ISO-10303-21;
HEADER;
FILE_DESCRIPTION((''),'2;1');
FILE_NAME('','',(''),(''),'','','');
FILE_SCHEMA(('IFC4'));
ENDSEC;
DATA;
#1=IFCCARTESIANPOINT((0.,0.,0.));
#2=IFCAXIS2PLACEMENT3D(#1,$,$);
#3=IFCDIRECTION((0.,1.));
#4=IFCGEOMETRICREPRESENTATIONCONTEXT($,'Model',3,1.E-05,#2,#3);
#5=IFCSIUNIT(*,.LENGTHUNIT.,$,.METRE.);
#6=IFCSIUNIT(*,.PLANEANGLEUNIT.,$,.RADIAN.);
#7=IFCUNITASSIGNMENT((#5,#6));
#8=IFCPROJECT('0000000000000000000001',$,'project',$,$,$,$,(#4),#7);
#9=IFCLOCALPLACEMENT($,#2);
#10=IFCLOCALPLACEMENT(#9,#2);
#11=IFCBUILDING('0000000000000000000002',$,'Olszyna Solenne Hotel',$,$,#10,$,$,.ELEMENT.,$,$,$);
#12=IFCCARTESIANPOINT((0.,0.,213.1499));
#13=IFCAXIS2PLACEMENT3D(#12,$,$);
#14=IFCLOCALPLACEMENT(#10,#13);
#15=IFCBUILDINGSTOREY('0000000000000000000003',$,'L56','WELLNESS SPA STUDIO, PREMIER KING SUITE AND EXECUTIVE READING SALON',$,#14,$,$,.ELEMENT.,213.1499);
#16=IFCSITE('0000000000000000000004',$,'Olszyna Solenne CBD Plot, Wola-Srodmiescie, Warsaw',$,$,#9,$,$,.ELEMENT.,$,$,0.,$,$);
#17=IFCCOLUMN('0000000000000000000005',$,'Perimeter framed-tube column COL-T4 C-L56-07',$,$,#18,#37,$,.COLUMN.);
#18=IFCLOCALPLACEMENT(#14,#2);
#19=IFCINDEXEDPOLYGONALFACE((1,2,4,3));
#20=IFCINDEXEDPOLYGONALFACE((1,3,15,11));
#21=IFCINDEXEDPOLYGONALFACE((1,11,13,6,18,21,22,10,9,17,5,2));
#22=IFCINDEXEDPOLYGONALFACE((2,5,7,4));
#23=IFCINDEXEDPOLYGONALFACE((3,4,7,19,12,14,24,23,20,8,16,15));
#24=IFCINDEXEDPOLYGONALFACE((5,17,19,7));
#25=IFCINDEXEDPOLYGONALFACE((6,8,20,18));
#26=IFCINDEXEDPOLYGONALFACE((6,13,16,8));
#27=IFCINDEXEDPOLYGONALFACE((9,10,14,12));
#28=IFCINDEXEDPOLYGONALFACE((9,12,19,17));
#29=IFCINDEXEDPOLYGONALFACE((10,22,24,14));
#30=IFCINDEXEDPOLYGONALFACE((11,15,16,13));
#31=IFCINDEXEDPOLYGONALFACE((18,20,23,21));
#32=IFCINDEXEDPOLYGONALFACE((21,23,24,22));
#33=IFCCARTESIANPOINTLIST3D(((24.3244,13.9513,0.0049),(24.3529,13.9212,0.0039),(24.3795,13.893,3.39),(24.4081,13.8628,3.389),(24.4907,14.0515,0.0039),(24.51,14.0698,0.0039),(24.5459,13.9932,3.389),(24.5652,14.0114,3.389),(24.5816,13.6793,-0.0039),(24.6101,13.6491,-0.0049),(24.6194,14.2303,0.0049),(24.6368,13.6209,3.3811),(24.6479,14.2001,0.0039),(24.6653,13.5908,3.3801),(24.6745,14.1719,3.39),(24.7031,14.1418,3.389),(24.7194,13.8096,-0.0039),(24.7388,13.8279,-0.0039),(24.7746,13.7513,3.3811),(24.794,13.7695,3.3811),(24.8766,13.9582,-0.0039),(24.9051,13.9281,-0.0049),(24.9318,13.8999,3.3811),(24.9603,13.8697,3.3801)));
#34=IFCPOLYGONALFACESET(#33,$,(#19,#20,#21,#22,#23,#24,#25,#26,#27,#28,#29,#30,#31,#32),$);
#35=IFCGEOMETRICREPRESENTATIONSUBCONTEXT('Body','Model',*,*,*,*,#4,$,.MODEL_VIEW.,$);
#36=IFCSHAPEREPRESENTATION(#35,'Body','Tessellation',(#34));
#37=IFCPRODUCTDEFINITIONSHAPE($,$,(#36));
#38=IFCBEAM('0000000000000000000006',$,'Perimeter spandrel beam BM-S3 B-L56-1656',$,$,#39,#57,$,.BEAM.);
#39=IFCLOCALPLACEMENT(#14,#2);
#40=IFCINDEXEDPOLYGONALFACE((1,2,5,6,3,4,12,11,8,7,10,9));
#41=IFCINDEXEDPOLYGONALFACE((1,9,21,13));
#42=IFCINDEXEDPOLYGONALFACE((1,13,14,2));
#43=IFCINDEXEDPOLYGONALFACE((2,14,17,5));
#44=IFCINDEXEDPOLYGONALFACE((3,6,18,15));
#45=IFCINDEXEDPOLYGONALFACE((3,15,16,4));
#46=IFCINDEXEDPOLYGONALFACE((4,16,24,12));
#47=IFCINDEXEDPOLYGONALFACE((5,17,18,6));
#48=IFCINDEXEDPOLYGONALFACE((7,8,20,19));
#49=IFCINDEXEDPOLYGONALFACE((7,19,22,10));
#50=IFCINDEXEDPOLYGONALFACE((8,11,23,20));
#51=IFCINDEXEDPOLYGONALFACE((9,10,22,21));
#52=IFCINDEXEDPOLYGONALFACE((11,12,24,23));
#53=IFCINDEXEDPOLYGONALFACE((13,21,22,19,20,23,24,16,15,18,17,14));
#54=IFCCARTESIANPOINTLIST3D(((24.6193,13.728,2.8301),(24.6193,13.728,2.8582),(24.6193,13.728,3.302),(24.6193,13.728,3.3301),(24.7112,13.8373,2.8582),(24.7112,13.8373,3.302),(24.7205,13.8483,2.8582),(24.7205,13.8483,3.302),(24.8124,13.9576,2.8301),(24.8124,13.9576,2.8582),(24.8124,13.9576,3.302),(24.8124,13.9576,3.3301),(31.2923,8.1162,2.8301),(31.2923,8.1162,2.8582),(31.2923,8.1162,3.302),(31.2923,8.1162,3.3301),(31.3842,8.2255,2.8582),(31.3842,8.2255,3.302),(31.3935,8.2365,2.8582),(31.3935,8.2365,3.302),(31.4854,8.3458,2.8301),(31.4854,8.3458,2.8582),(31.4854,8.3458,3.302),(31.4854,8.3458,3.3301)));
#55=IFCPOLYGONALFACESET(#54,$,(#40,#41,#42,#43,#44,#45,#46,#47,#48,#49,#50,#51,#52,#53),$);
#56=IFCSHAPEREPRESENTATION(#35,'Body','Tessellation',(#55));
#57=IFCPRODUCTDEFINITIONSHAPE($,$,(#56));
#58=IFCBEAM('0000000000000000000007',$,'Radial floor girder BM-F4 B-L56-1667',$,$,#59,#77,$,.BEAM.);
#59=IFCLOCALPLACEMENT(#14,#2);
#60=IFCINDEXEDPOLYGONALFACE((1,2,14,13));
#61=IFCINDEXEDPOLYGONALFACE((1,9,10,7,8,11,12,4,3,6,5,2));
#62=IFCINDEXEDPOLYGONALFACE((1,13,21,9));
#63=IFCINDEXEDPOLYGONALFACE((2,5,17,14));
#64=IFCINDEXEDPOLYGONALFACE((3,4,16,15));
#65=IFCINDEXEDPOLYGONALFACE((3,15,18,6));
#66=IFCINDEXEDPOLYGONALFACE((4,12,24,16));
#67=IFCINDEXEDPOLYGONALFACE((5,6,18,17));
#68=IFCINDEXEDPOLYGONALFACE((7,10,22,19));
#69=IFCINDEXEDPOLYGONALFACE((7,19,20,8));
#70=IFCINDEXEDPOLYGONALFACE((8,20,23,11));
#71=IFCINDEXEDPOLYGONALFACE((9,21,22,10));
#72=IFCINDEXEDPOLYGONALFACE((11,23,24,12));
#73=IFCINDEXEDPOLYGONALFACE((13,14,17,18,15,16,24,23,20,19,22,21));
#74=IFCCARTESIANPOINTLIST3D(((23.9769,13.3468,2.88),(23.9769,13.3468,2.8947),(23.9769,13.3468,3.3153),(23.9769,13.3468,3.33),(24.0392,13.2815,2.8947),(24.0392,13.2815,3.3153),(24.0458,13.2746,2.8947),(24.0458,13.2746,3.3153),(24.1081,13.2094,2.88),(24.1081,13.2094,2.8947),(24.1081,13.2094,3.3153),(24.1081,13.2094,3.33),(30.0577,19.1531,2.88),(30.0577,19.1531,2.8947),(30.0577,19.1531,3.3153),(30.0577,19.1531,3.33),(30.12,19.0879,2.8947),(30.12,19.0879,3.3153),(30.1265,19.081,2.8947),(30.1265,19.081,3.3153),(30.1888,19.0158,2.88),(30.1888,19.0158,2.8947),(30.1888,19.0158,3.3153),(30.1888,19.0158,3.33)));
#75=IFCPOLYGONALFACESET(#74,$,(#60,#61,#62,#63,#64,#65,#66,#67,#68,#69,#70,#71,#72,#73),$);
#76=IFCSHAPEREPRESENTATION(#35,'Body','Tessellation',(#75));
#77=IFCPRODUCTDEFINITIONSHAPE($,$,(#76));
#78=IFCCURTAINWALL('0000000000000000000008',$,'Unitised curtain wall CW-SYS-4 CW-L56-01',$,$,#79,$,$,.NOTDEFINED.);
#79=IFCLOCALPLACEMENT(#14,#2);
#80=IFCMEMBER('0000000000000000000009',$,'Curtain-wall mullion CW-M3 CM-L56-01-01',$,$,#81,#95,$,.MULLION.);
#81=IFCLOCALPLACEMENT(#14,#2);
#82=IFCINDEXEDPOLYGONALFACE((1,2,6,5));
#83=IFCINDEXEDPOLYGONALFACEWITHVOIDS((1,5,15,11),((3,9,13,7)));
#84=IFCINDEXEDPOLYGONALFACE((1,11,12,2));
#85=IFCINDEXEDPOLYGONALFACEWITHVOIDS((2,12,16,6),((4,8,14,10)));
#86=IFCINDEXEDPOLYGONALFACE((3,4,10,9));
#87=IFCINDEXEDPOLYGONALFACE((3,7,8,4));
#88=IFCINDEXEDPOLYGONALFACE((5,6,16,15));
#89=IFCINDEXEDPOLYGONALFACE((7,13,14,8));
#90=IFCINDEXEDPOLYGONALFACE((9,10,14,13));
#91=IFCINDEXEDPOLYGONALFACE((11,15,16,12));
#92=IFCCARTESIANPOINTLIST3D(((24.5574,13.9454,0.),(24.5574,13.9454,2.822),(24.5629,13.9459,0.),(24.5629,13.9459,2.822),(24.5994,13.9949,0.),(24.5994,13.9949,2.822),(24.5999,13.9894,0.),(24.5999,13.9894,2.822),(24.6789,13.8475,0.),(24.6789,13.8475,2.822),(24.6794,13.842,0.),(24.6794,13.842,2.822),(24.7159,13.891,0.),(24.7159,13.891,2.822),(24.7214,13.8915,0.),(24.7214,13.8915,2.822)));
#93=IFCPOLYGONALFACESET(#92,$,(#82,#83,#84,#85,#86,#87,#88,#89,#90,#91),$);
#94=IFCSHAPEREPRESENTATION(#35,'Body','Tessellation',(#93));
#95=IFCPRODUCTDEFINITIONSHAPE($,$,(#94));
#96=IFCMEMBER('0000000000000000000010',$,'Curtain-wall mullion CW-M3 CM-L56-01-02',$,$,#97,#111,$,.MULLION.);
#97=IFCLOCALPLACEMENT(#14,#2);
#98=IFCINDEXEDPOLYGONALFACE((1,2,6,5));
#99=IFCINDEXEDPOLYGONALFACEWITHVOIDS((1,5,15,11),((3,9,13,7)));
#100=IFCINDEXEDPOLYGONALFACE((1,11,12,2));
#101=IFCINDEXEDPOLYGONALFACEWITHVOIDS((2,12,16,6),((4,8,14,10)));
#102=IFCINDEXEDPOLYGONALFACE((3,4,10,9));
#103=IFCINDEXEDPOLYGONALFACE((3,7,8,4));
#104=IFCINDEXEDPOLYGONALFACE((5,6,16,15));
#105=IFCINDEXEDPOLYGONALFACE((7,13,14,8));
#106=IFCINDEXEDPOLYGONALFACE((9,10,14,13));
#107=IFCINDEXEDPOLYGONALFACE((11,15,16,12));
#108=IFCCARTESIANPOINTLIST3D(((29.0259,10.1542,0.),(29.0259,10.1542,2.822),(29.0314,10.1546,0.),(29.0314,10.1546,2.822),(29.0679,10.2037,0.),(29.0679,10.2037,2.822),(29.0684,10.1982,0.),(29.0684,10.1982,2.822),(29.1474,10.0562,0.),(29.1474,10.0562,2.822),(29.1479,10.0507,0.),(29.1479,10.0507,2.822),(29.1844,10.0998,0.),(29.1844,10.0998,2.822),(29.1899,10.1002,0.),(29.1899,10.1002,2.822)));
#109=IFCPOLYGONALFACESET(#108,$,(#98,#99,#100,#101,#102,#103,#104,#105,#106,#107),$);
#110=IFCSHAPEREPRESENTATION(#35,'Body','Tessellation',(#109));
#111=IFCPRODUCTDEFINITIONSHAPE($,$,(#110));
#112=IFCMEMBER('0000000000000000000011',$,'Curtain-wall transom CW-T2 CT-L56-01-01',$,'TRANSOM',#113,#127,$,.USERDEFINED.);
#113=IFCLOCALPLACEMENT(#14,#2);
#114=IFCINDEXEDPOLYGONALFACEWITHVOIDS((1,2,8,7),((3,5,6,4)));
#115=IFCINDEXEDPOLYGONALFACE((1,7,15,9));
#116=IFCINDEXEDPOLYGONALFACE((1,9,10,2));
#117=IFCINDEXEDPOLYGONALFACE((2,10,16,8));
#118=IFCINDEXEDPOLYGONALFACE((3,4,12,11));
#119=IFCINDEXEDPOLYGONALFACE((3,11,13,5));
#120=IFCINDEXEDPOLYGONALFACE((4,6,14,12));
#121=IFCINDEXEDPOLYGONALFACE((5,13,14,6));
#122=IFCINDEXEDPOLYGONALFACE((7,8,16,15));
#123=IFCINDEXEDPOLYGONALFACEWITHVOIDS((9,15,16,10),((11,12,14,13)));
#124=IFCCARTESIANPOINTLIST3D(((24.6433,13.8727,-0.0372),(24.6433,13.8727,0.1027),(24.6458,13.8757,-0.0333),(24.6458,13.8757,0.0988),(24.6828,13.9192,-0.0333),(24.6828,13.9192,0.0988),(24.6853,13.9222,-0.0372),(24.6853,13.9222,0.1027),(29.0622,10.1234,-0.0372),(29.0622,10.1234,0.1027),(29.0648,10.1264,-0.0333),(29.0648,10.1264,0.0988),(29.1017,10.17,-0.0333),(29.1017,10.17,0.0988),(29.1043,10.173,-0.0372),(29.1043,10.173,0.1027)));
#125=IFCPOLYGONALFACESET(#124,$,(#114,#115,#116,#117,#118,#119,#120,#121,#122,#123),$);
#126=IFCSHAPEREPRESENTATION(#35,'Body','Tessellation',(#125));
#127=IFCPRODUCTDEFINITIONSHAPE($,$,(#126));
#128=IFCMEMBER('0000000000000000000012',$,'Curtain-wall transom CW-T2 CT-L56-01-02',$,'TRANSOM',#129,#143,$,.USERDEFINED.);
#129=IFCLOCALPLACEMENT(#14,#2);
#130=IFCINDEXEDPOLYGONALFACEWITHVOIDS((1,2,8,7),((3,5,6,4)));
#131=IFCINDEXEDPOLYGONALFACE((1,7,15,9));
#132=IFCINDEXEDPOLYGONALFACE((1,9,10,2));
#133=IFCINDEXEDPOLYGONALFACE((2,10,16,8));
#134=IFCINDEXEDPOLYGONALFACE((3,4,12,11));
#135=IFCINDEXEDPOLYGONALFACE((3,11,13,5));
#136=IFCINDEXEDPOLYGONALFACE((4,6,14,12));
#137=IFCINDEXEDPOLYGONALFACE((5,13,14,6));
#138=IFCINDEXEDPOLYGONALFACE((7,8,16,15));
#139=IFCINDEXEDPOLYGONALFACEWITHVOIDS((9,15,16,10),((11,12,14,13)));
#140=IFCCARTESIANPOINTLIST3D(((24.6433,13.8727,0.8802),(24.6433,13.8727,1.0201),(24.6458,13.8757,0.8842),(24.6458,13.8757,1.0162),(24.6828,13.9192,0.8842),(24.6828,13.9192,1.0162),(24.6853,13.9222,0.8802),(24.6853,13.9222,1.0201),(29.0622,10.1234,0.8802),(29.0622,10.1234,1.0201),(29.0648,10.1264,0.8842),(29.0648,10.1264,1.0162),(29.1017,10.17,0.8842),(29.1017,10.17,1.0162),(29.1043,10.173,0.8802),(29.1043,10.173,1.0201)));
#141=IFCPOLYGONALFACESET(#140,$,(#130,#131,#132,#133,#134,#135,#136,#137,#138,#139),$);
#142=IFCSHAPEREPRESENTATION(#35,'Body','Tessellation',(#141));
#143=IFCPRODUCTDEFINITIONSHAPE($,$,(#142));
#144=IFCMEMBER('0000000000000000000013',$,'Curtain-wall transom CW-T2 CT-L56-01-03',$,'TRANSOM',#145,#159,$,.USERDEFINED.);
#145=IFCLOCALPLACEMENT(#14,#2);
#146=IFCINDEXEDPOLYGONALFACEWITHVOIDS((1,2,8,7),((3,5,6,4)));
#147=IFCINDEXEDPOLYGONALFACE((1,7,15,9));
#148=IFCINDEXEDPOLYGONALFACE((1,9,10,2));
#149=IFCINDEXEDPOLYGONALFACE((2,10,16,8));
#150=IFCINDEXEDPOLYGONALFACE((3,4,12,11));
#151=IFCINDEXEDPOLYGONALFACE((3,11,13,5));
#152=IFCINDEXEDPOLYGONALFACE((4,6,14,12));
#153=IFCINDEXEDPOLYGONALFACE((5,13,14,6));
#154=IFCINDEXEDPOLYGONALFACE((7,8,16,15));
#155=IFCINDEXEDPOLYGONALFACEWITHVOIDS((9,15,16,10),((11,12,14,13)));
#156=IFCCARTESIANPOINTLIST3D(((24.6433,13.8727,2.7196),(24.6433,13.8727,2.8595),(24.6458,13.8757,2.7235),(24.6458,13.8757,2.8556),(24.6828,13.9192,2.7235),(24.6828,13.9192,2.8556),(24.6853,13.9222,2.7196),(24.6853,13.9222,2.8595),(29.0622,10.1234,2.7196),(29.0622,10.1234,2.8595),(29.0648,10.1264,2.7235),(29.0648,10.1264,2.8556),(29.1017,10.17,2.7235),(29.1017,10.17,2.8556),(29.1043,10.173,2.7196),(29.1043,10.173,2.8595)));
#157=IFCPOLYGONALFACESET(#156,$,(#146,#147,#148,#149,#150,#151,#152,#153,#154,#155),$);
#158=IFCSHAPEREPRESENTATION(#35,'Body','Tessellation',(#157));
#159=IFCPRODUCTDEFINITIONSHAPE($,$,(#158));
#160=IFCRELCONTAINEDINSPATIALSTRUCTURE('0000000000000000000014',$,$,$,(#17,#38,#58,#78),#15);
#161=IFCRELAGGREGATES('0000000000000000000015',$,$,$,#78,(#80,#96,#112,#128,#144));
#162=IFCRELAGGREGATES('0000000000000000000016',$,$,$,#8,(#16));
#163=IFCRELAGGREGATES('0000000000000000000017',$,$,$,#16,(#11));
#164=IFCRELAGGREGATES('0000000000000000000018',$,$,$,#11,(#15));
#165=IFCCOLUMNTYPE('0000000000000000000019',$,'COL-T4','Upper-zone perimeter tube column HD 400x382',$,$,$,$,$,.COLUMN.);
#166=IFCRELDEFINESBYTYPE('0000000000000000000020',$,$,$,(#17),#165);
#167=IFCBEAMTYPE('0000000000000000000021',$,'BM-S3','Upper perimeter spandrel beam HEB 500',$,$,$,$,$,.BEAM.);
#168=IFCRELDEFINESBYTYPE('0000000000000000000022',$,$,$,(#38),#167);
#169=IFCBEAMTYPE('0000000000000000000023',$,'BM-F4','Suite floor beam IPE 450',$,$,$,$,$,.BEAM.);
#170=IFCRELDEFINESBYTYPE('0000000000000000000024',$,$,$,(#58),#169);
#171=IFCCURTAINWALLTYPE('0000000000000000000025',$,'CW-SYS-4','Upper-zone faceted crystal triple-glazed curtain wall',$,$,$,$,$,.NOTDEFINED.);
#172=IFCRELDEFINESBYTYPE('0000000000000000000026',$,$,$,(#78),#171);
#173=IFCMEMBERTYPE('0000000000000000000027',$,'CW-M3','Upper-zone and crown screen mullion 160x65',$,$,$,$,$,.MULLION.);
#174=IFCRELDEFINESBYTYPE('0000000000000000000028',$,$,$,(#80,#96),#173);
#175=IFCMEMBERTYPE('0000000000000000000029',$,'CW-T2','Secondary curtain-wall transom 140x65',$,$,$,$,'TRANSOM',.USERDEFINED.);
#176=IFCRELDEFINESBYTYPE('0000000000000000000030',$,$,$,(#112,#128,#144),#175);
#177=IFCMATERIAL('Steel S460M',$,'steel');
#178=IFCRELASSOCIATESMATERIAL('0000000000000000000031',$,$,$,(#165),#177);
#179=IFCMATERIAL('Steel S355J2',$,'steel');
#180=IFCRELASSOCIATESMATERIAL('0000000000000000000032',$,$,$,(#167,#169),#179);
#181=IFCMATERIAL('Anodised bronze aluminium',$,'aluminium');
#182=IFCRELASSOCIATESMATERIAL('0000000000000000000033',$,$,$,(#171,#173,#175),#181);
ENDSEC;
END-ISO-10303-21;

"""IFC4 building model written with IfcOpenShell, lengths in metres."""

from ifc_helpers import new_model, si_unit, direction, frame, origin, origin_2d, place, context, subcontext, project, spatial, hollow_rectangle, i_section, extrude, source, transform, mapped, material, material_profile, profile_set, type_object, element, aggregate, save


model = new_model("IFC4")

# Units and contexts
model_context = context("Model", 3, precision=1e-05, world=origin(), true_north=direction((0.0, 1.0)))
body_context = subcontext(model_context, "Body", "Model", "MODEL_VIEW")
ifc_project = project(units=[si_unit("LENGTHUNIT", "METRE"), si_unit("PLANEANGLEUNIT", "RADIAN")], contexts=[model_context])

# Site, building, storey
site_placement = place(None, origin())
site = spatial("IfcSite", under=ifc_project, at=site_placement, Name="Olszyna Solenne CBD Plot, Wola-Srodmiescie, Warsaw", CompositionType="ELEMENT", RefElevation=0.0)
building_placement = place(site_placement, origin())
building = spatial("IfcBuilding", under=site, at=building_placement, Name="Olszyna Solenne Hotel", CompositionType="ELEMENT")
storey_placement = place(building_placement, frame((0.0, 0.0, 213.1499)))
storey = spatial("IfcBuildingStorey", under=building, at=storey_placement, Name="L56", Description="WELLNESS SPA STUDIO, PREMIER KING SUITE AND EXECUTIVE READING SALON", CompositionType="ELEMENT", Elevation=213.1499)

# Column
ifc_material_1 = material(Name="Steel S460M", Category="steel")
ifc_material_profile_1 = material_profile(ifc_material_1, i_section(OverallWidth=0.406, OverallDepth=0.416, WebThickness=0.0266, FlangeThickness=0.0415, at=origin_2d()), Name="HD 400x382", Category="load-bearing")
ifc_profile_set_1 = profile_set([ifc_material_profile_1], Name="Steel S460M")
column_type = type_object("IfcColumnType", Name="COL-T4", Description="Upper-zone perimeter tube column HD 400x382", PredefinedType="COLUMN", material=ifc_profile_set_1)
shared_shape_1 = source(origin(), body_context, "Body", "SweptSolid", [
    extrude(i_section(OverallWidth=0.406, OverallDepth=0.416, WebThickness=0.0266, FlangeThickness=0.0415, at=origin_2d()), origin(), (0.0, 0.0, 1.0), 3.386),
])
column_placement = place(storey_placement, frame((24.6147, 13.9397, 0.0), z_axis=(0.016295, -0.017233, 0.999719), x_axis=(0.726591, 0.68707, 0.0)))
element("IfcColumn", 1, at=column_placement, inside=storey, type_object=column_type, Name="Perimeter framed-tube column COL-T4 C-L56-07", PredefinedType="COLUMN", context=body_context, shape_type="MappedRepresentation", body=[
    mapped(shared_shape_1, transform((0.0, 0.0, 0.0), x_axis=(1.0, 0.0, 0.0), y_axis=(0.0, 1.0, 0.0), z_axis=(0.0, 0.0, 1.0), scale=1.0)),
])

# Beams
ifc_material_2 = material(Name="Steel S355J2", Category="steel")
ifc_material_profile_2 = material_profile(ifc_material_2, i_section(OverallWidth=0.3, OverallDepth=0.5, WebThickness=0.0144, FlangeThickness=0.0281, at=origin_2d()), Name="HEB 500", Category="load-bearing")
ifc_profile_set_2 = profile_set([ifc_material_profile_2], Name="Steel S355J2")
beam_type_1 = type_object("IfcBeamType", Name="BM-S3", Description="Upper perimeter spandrel beam HEB 500", PredefinedType="BEAM", material=ifc_profile_set_2)
shared_shape_2 = source(origin(), body_context, "Body", "SweptSolid", [
    extrude(i_section(OverallWidth=0.3, OverallDepth=0.5, WebThickness=0.0144, FlangeThickness=0.0281, at=origin_2d()), origin(), (0.0, 0.0, 1.0), 8.719),
])
beam_1_placement = place(storey_placement, frame((24.7158, 13.8428, 3.0801), z_axis=(0.765342, -0.643623, 0.0), x_axis=(0.643623, 0.765342, 0.0)))
element("IfcBeam", 2, at=beam_1_placement, inside=storey, type_object=beam_type_1, Name="Perimeter spandrel beam BM-S3 B-L56-1656", PredefinedType="BEAM", context=body_context, shape_type="MappedRepresentation", body=[
    mapped(shared_shape_2, transform((0.0, 0.0, 0.0), x_axis=(1.0, 0.0, 0.0), y_axis=(0.0, 1.0, 0.0), z_axis=(0.0, 0.0, 1.0), scale=1.0)),
])
ifc_material_profile_3 = material_profile(ifc_material_2, i_section(OverallWidth=0.1899, OverallDepth=0.45, WebThickness=0.0095, FlangeThickness=0.0146, at=origin_2d()), Name="IPE 450", Category="load-bearing")
ifc_profile_set_3 = profile_set([ifc_material_profile_3], Name="Steel S355J2")
beam_type_2 = type_object("IfcBeamType", Name="BM-F4", Description="Suite floor beam IPE 450", PredefinedType="BEAM", material=ifc_profile_set_3)
shared_shape_3 = source(origin(), body_context, "Body", "SweptSolid", [
    extrude(i_section(OverallWidth=0.1899, OverallDepth=0.45, WebThickness=0.0095, FlangeThickness=0.0146, at=origin_2d()), origin(), (0.0, 0.0, 1.0), 8.4077),
])
beam_2_placement = place(storey_placement, frame((24.0425, 13.2781, 3.105), z_axis=(0.723238, 0.690599, 0.0), x_axis=(-0.690599, 0.723238, 0.0)))
element("IfcBeam", 3, at=beam_2_placement, inside=storey, type_object=beam_type_2, Name="Radial floor girder BM-F4 B-L56-1667", PredefinedType="BEAM", context=body_context, shape_type="MappedRepresentation", body=[
    mapped(shared_shape_3, transform((0.0, 0.0, 0.0), x_axis=(1.0, 0.0, 0.0), y_axis=(0.0, 1.0, 0.0), z_axis=(0.0, 0.0, 1.0), scale=1.0)),
])

# Curtain wall, members
ifc_material_3 = material(Name="Anodised bronze aluminium", Category="aluminium")
curtain_wall_type = type_object("IfcCurtainWallType", Name="CW-SYS-4", Description="Upper-zone faceted crystal triple-glazed curtain wall", PredefinedType="NOTDEFINED", material=ifc_material_3)
curtain_wall_placement = place(storey_placement, origin())
curtain_wall = element("IfcCurtainWall", 4, at=curtain_wall_placement, inside=storey, type_object=curtain_wall_type, Name="Unitised curtain wall CW-SYS-4 CW-L56-01", PredefinedType="NOTDEFINED")
ifc_material_profile_4 = material_profile(ifc_material_3, hollow_rectangle(XDim=0.0649, YDim=0.1599, WallThickness=0.0039, at=origin_2d()), Name="MULL 160x65x4", Category="load-bearing")
ifc_profile_set_4 = profile_set([ifc_material_profile_4], Name="Anodised bronze aluminium")
member_type_1 = type_object("IfcMemberType", Name="CW-M3", Description="Upper-zone and crown screen mullion 160x65", PredefinedType="MULLION", material=ifc_profile_set_4)
shared_shape_4 = source(origin(), body_context, "Body", "SweptSolid", [
    extrude(hollow_rectangle(XDim=0.0649, YDim=0.1599, WallThickness=0.0039, at=origin_2d()), origin(), (0.0, 0.0, 1.0), 2.822),
])
member_1_placement = place(storey_placement, frame((24.6394, 13.9185, 0.0), z_axis=(0.0, 0.0, 1.0), x_axis=(0.646961, 0.762523, 0.0)))
member_1 = element("IfcMember", 5, at=member_1_placement, type_object=member_type_1, Name="Curtain-wall mullion CW-M3 CM-L56-01-01", PredefinedType="MULLION", context=body_context, shape_type="MappedRepresentation", body=[
    mapped(shared_shape_4, transform((0.0, 0.0, 0.0), x_axis=(1.0, 0.0, 0.0), y_axis=(0.0, 1.0, 0.0), z_axis=(0.0, 0.0, 1.0), scale=1.0)),
])
member_2_placement = place(storey_placement, frame((29.1079, 10.1272, 0.0), z_axis=(0.0, 0.0, 1.0), x_axis=(0.646961, 0.762523, 0.0)))
member_2 = element("IfcMember", 6, at=member_2_placement, type_object=member_type_1, Name="Curtain-wall mullion CW-M3 CM-L56-01-02", PredefinedType="MULLION", context=body_context, shape_type="MappedRepresentation", body=[
    mapped(shared_shape_4, transform((0.0, 0.0, 0.0), x_axis=(1.0, 0.0, 0.0), y_axis=(0.0, 1.0, 0.0), z_axis=(0.0, 0.0, 1.0), scale=1.0)),
])
ifc_material_profile_5 = material_profile(ifc_material_3, hollow_rectangle(XDim=0.0649, YDim=0.1399, WallThickness=0.0039, at=origin_2d()), Name="TRAN 140x65x4", Category="load-bearing")
ifc_profile_set_5 = profile_set([ifc_material_profile_5], Name="Anodised bronze aluminium")
member_type_2 = type_object("IfcMemberType", Name="CW-T2", Description="Secondary curtain-wall transom 140x65", ElementType="TRANSOM", PredefinedType="USERDEFINED", material=ifc_profile_set_5)
shared_shape_5 = source(origin(), body_context, "Body", "SweptSolid", [
    extrude(hollow_rectangle(XDim=0.0649, YDim=0.1399, WallThickness=0.0039, at=origin_2d()), origin(), (0.0, 0.0, 1.0), 5.7952),
])
member_3_placement = place(storey_placement, frame((24.6643, 13.8975, 0.0327), z_axis=(0.762521, -0.646963, 0.0), x_axis=(0.646963, 0.762521, 0.0)))
member_3 = element("IfcMember", 7, at=member_3_placement, type_object=member_type_2, Name="Curtain-wall transom CW-T2 CT-L56-01-01", ObjectType="TRANSOM", PredefinedType="USERDEFINED", context=body_context, shape_type="MappedRepresentation", body=[
    mapped(shared_shape_5, transform((0.0, 0.0, 0.0), x_axis=(1.0, 0.0, 0.0), y_axis=(0.0, 1.0, 0.0), z_axis=(0.0, 0.0, 1.0), scale=1.0)),
])
member_4_placement = place(storey_placement, frame((24.6643, 13.8975, 0.9502), z_axis=(0.762521, -0.646963, 0.0), x_axis=(0.646963, 0.762521, 0.0)))
member_4 = element("IfcMember", 8, at=member_4_placement, type_object=member_type_2, Name="Curtain-wall transom CW-T2 CT-L56-01-02", ObjectType="TRANSOM", PredefinedType="USERDEFINED", context=body_context, shape_type="MappedRepresentation", body=[
    mapped(shared_shape_5, transform((0.0, 0.0, 0.0), x_axis=(1.0, 0.0, 0.0), y_axis=(0.0, 1.0, 0.0), z_axis=(0.0, 0.0, 1.0), scale=1.0)),
])
member_5_placement = place(storey_placement, frame((24.6643, 13.8975, 2.7896), z_axis=(0.762521, -0.646963, 0.0), x_axis=(0.646963, 0.762521, 0.0)))
member_5 = element("IfcMember", 9, at=member_5_placement, type_object=member_type_2, Name="Curtain-wall transom CW-T2 CT-L56-01-03", ObjectType="TRANSOM", PredefinedType="USERDEFINED", context=body_context, shape_type="MappedRepresentation", body=[
    mapped(shared_shape_5, transform((0.0, 0.0, 0.0), x_axis=(1.0, 0.0, 0.0), y_axis=(0.0, 1.0, 0.0), z_axis=(0.0, 0.0, 1.0), scale=1.0)),
])

aggregate(curtain_wall, [member_1, member_2, member_3, member_4, member_5])

save(model, "model.ifc")
